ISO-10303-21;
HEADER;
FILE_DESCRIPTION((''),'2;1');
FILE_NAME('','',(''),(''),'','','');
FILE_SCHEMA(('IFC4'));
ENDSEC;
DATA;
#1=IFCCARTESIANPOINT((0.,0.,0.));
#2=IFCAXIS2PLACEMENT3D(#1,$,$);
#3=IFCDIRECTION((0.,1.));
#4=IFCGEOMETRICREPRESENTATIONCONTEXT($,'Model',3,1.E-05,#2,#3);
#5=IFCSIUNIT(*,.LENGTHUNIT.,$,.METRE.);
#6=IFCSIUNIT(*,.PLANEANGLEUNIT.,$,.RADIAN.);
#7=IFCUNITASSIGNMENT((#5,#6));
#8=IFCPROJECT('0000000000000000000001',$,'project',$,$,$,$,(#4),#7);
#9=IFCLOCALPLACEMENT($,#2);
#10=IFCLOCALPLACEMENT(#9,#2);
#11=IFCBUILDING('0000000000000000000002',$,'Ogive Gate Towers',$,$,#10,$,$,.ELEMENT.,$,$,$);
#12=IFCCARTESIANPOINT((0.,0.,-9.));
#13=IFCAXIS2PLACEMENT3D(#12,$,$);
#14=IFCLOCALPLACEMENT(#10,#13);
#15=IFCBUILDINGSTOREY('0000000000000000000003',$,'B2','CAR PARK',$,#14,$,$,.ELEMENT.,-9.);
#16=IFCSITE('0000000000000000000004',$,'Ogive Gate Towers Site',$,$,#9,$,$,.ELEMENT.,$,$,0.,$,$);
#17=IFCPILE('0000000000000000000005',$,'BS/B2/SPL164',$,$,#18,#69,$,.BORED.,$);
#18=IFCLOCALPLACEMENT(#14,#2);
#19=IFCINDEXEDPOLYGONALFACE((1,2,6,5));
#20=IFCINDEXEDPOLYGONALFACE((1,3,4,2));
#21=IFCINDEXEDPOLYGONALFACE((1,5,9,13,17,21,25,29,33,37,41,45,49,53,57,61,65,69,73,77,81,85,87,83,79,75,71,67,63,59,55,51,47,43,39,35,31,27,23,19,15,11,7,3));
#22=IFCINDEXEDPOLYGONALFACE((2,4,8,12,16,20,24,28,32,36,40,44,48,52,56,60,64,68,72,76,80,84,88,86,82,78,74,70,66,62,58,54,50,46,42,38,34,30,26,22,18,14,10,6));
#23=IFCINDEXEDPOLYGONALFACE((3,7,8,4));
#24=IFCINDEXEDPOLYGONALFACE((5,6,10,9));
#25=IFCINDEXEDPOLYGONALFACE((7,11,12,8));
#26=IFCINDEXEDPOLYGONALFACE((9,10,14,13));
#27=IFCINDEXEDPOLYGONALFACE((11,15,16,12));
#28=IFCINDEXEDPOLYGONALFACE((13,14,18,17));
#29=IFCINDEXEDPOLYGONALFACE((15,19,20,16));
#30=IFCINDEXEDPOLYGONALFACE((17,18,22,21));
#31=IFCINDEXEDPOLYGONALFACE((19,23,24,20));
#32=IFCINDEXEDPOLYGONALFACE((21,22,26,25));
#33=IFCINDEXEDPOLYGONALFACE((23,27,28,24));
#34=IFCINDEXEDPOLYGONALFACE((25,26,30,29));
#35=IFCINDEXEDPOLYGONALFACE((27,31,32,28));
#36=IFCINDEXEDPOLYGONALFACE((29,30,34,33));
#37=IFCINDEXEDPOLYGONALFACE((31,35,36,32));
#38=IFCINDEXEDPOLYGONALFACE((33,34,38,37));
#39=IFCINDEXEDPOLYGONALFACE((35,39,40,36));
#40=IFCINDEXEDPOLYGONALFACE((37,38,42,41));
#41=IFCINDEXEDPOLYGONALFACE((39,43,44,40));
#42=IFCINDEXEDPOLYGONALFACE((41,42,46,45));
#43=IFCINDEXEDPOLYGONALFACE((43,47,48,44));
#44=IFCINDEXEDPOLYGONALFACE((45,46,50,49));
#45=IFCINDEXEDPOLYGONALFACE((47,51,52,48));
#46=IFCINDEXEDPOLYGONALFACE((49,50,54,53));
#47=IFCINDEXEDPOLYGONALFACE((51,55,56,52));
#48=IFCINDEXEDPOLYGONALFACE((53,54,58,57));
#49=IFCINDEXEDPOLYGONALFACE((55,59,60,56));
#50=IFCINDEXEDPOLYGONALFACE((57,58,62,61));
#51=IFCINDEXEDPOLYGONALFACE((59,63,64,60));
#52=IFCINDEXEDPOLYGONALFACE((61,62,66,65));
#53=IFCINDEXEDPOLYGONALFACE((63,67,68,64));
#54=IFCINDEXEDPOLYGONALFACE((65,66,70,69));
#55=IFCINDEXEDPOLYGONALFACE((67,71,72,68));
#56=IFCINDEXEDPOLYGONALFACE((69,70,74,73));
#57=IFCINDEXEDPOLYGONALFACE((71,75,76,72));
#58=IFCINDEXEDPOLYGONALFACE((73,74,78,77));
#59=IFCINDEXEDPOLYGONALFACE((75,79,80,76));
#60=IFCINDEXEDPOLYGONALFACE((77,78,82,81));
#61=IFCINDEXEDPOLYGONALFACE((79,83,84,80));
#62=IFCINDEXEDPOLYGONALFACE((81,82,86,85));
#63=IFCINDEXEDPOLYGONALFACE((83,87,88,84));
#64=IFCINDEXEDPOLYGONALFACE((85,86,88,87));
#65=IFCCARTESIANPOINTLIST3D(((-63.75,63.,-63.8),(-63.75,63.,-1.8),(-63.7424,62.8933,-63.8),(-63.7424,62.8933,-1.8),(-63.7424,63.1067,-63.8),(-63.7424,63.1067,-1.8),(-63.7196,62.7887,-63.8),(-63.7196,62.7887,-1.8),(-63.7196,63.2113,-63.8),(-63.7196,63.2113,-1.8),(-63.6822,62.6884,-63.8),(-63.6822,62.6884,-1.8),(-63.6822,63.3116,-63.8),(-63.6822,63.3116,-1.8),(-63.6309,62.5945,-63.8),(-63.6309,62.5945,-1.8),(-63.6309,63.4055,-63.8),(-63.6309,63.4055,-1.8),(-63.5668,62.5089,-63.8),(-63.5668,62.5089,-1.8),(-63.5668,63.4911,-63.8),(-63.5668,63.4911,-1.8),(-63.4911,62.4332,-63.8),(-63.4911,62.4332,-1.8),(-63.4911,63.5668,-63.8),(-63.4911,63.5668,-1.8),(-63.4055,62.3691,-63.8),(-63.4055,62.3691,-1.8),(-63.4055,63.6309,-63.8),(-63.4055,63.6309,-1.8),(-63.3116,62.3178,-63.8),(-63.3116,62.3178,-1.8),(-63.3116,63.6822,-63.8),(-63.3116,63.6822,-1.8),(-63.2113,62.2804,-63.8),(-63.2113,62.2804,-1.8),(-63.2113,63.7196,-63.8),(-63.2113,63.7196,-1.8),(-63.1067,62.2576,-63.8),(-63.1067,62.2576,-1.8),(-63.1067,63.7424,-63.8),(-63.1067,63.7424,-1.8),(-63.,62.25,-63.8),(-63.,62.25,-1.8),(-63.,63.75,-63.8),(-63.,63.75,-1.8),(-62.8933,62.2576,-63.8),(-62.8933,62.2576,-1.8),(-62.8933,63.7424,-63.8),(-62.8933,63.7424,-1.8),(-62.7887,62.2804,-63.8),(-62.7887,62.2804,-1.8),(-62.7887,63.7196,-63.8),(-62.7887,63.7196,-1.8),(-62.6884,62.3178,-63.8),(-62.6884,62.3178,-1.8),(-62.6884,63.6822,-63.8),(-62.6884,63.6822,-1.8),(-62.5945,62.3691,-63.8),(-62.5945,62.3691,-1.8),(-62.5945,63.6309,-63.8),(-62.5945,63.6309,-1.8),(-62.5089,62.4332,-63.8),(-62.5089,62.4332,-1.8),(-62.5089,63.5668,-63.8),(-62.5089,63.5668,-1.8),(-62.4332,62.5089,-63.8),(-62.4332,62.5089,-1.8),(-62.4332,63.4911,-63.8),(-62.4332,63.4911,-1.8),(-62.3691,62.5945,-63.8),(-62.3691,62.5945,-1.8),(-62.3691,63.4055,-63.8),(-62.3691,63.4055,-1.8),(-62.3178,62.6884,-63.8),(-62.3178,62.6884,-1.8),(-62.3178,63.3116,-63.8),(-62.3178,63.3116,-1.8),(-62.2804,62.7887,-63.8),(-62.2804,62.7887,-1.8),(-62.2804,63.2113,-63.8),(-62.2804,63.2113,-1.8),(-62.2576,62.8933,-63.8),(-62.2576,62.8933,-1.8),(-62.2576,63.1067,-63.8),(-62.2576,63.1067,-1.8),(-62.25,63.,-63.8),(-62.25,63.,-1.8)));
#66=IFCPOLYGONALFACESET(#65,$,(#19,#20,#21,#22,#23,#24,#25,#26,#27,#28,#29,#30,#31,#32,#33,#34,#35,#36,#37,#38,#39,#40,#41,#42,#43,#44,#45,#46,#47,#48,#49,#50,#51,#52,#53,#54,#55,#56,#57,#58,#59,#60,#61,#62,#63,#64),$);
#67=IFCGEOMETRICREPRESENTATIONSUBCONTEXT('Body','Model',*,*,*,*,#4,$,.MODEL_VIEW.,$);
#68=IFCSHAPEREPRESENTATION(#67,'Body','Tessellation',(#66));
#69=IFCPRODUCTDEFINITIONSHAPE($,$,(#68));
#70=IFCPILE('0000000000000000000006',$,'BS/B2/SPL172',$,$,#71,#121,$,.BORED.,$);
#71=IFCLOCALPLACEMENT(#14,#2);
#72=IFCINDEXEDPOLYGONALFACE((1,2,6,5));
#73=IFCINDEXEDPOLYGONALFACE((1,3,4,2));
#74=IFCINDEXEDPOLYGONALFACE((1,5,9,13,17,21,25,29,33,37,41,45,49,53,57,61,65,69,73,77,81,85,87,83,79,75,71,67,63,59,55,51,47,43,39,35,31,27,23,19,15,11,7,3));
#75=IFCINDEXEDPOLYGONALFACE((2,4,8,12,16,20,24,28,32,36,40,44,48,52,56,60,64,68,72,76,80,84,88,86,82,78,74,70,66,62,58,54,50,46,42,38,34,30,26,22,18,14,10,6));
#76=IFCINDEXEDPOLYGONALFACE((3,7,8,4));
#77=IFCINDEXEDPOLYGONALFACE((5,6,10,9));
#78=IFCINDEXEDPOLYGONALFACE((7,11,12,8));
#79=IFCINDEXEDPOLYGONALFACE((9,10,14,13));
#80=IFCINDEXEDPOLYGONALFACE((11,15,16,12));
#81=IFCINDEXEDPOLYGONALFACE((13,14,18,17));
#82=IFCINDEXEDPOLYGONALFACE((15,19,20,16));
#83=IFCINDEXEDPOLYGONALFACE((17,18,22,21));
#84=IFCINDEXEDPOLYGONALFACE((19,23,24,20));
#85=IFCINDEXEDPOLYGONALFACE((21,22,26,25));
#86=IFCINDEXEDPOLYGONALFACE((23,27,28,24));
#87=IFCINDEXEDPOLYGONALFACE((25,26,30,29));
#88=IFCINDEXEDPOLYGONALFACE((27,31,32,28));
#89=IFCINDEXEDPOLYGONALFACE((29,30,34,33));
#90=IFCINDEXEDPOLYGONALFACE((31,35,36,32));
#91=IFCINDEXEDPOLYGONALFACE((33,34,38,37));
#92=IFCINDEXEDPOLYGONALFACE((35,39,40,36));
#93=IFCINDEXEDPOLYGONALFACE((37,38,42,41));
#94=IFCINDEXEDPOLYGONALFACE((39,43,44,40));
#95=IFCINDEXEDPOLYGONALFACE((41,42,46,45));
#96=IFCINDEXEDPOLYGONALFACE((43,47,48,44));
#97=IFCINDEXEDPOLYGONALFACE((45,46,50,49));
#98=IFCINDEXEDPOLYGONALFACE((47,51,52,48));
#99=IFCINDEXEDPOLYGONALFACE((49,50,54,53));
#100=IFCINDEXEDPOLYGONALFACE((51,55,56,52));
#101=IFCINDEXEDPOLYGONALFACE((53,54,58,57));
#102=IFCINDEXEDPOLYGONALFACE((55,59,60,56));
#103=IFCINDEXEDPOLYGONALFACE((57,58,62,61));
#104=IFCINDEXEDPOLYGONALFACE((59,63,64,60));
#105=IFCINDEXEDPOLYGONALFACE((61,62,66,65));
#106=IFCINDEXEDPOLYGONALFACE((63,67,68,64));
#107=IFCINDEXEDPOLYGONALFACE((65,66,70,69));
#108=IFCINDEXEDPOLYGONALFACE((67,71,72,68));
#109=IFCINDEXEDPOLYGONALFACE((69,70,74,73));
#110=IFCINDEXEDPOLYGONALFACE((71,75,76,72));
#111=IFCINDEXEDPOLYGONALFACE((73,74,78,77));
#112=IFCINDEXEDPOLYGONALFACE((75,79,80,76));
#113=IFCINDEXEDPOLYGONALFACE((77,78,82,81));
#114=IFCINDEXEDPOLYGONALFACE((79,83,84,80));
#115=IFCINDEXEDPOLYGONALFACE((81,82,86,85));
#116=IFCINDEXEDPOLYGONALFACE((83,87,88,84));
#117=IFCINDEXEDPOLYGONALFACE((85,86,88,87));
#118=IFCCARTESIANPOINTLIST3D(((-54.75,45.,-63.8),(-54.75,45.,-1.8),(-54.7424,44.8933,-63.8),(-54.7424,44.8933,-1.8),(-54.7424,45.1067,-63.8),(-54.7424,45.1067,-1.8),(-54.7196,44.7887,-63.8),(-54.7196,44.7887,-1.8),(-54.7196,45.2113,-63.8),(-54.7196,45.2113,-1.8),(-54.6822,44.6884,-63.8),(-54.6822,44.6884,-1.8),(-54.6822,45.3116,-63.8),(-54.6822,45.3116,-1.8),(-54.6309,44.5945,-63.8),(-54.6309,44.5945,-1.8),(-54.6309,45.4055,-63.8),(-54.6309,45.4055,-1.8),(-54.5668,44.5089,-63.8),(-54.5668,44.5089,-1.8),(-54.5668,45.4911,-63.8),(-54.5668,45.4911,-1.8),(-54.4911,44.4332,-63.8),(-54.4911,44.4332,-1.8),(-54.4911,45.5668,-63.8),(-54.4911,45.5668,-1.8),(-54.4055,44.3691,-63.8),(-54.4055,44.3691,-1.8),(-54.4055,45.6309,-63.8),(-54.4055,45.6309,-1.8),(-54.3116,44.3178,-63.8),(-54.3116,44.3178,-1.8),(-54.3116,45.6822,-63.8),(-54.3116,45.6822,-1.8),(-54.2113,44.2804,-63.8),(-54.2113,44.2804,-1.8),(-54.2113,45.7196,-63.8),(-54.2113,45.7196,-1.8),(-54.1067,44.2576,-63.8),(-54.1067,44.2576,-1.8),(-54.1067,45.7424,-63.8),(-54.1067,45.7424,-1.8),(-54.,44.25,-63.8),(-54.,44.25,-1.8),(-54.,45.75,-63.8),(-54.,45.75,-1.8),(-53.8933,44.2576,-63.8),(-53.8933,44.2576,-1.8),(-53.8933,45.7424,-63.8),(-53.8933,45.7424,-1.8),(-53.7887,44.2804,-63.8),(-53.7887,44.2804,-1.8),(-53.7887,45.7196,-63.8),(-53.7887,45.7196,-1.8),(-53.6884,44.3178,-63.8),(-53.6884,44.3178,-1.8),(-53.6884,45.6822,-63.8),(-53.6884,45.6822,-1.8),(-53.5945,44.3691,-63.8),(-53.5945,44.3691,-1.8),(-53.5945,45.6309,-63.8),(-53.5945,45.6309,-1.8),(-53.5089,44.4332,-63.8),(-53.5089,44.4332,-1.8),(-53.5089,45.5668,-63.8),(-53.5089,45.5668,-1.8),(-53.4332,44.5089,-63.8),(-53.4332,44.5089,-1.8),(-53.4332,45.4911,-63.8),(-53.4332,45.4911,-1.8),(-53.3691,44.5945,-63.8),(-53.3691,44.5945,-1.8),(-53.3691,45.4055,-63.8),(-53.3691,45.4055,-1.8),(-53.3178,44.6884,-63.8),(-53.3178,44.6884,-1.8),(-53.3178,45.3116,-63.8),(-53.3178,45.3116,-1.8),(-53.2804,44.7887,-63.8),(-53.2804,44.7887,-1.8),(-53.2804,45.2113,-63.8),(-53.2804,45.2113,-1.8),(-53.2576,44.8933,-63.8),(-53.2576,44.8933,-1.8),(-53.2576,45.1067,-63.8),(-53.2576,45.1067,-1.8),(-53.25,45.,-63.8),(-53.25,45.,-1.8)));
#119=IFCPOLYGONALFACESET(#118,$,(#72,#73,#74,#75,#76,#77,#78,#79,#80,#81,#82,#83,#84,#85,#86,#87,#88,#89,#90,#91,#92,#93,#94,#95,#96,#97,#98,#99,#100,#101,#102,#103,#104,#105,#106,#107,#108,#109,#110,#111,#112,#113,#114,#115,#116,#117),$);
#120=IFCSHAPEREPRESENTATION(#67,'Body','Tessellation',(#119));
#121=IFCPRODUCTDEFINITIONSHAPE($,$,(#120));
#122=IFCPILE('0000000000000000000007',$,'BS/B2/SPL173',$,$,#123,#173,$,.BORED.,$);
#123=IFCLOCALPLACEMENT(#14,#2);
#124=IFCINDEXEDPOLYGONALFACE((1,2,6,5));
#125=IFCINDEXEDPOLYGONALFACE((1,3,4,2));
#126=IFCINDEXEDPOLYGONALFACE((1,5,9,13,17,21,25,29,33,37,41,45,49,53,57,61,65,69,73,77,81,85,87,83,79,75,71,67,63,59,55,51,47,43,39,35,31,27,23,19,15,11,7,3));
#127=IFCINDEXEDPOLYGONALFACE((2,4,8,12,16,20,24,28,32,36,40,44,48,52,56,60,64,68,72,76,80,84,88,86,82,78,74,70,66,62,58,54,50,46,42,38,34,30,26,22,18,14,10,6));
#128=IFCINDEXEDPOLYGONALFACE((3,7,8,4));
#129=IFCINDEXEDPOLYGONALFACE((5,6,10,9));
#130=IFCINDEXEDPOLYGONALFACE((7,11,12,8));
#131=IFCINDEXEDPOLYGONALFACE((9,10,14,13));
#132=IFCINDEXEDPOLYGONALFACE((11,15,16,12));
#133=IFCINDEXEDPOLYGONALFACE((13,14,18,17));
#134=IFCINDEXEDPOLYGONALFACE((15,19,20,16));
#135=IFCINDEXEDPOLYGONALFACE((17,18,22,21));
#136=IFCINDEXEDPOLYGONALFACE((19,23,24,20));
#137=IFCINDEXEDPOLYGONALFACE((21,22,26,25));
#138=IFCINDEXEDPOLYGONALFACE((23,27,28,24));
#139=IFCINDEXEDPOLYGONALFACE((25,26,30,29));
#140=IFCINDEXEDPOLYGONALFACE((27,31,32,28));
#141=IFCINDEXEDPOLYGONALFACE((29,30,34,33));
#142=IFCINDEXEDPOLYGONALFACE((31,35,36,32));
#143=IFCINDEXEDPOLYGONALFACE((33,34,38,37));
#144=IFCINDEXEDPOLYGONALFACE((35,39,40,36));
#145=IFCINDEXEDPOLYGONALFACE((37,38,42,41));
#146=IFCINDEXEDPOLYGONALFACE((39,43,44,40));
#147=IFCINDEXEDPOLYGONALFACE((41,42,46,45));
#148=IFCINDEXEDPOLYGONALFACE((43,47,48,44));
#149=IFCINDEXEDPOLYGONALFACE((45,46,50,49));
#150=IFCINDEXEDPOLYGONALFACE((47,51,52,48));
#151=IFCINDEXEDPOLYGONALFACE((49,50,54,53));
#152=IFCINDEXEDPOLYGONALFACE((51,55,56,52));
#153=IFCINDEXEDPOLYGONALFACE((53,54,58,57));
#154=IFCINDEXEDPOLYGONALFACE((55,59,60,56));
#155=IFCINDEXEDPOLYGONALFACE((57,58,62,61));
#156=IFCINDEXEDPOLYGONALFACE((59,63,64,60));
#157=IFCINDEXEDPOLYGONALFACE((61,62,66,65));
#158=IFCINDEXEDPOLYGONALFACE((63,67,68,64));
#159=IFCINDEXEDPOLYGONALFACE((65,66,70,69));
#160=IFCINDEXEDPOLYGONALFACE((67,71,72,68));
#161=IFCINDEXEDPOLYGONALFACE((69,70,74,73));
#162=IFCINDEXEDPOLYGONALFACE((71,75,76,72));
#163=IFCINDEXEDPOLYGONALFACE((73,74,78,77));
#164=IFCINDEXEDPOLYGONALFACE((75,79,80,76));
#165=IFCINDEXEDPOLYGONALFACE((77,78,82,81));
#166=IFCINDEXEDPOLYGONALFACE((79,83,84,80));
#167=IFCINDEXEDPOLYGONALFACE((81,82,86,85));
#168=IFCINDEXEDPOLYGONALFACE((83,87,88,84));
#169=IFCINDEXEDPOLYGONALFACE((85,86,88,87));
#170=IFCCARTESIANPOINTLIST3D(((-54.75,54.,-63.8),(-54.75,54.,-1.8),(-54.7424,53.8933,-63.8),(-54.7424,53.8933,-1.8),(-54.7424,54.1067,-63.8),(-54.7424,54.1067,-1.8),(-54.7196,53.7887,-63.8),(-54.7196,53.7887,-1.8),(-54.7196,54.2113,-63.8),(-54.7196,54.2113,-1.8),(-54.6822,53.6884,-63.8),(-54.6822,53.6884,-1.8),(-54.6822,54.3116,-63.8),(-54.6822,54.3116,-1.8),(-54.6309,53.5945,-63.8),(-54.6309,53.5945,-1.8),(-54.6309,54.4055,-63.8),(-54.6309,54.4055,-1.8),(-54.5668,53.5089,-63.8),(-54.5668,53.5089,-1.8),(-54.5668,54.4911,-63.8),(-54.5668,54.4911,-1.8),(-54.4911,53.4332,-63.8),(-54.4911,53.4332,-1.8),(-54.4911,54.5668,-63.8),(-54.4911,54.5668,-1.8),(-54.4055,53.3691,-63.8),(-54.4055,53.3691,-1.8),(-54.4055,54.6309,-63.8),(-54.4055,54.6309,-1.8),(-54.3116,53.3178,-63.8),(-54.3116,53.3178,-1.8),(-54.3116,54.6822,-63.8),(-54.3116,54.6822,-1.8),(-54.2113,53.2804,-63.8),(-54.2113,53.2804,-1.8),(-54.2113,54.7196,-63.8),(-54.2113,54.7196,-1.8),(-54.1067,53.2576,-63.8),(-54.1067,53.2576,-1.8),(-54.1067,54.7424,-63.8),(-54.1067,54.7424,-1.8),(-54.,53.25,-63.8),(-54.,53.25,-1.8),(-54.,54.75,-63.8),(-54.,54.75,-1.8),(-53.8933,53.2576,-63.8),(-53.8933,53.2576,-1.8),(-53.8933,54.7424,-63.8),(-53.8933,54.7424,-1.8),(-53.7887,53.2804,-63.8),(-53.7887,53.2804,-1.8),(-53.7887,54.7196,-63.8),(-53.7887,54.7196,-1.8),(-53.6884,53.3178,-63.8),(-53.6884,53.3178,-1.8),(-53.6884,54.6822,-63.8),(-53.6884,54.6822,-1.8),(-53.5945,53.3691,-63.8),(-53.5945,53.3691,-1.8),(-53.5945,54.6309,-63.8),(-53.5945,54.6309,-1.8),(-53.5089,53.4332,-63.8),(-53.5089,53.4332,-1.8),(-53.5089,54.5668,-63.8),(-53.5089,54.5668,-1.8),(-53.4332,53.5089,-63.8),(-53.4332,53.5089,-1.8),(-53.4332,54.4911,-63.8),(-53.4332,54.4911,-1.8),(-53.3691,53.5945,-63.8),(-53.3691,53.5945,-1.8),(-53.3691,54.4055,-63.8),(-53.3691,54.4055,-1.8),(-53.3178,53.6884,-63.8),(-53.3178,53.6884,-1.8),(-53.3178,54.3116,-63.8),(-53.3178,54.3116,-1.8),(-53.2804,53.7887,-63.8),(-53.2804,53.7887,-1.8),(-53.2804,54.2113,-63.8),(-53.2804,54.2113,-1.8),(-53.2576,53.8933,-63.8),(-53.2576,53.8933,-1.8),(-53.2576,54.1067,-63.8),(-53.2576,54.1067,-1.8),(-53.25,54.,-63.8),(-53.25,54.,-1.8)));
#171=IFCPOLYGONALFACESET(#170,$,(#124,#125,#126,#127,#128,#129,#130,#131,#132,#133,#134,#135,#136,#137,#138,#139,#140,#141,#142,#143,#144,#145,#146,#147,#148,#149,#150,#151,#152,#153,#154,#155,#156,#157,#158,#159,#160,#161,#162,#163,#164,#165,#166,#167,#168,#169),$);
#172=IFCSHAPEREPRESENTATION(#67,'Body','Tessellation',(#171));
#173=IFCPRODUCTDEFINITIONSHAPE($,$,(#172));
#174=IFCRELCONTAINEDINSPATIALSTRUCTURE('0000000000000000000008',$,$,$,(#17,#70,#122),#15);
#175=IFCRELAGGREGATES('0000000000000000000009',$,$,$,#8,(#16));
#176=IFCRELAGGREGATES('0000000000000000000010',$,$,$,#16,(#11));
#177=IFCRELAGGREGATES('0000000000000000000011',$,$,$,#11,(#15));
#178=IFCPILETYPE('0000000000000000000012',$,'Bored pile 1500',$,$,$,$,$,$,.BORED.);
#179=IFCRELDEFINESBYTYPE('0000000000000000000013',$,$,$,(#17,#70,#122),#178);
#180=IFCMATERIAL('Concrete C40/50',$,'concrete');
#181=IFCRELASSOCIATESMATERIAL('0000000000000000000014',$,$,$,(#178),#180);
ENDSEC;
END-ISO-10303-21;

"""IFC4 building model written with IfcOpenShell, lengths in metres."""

from ifc_helpers import new_model, si_unit, direction, frame, origin, origin_2d, place, context, subcontext, project, spatial, circle, extrude, material, material_profile, profile_set, type_object, element, save


model = new_model("IFC4")

# Units and contexts
model_context = context("Model", 3, precision=1e-05, world=origin(), true_north=direction((0.0, 1.0)))
body_context = subcontext(model_context, "Body", "Model", "MODEL_VIEW")
ifc_project = project(units=[si_unit("LENGTHUNIT", "METRE"), si_unit("PLANEANGLEUNIT", "RADIAN")], contexts=[model_context])

# Site, building, storey
site_placement = place(None, origin())
site = spatial("IfcSite", under=ifc_project, at=site_placement, Name="Ogive Gate Towers Site", CompositionType="ELEMENT", RefElevation=0.0)
building_placement = place(site_placement, origin())
building = spatial("IfcBuilding", under=site, at=building_placement, Name="Ogive Gate Towers", CompositionType="ELEMENT")
storey_placement = place(building_placement, frame((0.0, 0.0, -9.0)))
storey = spatial("IfcBuildingStorey", under=building, at=storey_placement, Name="B2", Description="CAR PARK", CompositionType="ELEMENT", Elevation=-9.0)

# Piles
ifc_material_1 = material(Name="Concrete C40/50", Category="concrete")
ifc_material_profile_1 = material_profile(ifc_material_1, circle(Radius=0.75, at=origin_2d()), Name="BP 1500")
ifc_profile_set_1 = profile_set([ifc_material_profile_1], Name="Concrete C40/50")
pile_type = type_object("IfcPileType", Name="Bored pile 1500", PredefinedType="BORED", material=ifc_profile_set_1)
for number, where, z_axis, x_axis, name in (
    (1, (-63.0, 63.0, -1.8), (0.0, 0.0, -1.0), (1.0, 0.0, 0.0), "BS/B2/SPL164"),
    (2, (-54.0, 45.0, -1.8), (0.0, 0.0, -1.0), (1.0, 0.0, 0.0), "BS/B2/SPL172"),
    (3, (-54.0, 54.0, -1.8), (0.0, 0.0, -1.0), (1.0, 0.0, 0.0), "BS/B2/SPL173"),
):
    element("IfcPile", number, at=place(storey_placement, frame(where, z_axis=z_axis, x_axis=x_axis)), inside=storey, type_object=pile_type, Name=name, PredefinedType="BORED", context=body_context, shape_type="SweptSolid", body=[
        extrude(circle(Radius=0.75, at=origin_2d()), origin(), (0.0, 0.0, 1.0), 62.0),
    ])

save(model, "model.ifc")
